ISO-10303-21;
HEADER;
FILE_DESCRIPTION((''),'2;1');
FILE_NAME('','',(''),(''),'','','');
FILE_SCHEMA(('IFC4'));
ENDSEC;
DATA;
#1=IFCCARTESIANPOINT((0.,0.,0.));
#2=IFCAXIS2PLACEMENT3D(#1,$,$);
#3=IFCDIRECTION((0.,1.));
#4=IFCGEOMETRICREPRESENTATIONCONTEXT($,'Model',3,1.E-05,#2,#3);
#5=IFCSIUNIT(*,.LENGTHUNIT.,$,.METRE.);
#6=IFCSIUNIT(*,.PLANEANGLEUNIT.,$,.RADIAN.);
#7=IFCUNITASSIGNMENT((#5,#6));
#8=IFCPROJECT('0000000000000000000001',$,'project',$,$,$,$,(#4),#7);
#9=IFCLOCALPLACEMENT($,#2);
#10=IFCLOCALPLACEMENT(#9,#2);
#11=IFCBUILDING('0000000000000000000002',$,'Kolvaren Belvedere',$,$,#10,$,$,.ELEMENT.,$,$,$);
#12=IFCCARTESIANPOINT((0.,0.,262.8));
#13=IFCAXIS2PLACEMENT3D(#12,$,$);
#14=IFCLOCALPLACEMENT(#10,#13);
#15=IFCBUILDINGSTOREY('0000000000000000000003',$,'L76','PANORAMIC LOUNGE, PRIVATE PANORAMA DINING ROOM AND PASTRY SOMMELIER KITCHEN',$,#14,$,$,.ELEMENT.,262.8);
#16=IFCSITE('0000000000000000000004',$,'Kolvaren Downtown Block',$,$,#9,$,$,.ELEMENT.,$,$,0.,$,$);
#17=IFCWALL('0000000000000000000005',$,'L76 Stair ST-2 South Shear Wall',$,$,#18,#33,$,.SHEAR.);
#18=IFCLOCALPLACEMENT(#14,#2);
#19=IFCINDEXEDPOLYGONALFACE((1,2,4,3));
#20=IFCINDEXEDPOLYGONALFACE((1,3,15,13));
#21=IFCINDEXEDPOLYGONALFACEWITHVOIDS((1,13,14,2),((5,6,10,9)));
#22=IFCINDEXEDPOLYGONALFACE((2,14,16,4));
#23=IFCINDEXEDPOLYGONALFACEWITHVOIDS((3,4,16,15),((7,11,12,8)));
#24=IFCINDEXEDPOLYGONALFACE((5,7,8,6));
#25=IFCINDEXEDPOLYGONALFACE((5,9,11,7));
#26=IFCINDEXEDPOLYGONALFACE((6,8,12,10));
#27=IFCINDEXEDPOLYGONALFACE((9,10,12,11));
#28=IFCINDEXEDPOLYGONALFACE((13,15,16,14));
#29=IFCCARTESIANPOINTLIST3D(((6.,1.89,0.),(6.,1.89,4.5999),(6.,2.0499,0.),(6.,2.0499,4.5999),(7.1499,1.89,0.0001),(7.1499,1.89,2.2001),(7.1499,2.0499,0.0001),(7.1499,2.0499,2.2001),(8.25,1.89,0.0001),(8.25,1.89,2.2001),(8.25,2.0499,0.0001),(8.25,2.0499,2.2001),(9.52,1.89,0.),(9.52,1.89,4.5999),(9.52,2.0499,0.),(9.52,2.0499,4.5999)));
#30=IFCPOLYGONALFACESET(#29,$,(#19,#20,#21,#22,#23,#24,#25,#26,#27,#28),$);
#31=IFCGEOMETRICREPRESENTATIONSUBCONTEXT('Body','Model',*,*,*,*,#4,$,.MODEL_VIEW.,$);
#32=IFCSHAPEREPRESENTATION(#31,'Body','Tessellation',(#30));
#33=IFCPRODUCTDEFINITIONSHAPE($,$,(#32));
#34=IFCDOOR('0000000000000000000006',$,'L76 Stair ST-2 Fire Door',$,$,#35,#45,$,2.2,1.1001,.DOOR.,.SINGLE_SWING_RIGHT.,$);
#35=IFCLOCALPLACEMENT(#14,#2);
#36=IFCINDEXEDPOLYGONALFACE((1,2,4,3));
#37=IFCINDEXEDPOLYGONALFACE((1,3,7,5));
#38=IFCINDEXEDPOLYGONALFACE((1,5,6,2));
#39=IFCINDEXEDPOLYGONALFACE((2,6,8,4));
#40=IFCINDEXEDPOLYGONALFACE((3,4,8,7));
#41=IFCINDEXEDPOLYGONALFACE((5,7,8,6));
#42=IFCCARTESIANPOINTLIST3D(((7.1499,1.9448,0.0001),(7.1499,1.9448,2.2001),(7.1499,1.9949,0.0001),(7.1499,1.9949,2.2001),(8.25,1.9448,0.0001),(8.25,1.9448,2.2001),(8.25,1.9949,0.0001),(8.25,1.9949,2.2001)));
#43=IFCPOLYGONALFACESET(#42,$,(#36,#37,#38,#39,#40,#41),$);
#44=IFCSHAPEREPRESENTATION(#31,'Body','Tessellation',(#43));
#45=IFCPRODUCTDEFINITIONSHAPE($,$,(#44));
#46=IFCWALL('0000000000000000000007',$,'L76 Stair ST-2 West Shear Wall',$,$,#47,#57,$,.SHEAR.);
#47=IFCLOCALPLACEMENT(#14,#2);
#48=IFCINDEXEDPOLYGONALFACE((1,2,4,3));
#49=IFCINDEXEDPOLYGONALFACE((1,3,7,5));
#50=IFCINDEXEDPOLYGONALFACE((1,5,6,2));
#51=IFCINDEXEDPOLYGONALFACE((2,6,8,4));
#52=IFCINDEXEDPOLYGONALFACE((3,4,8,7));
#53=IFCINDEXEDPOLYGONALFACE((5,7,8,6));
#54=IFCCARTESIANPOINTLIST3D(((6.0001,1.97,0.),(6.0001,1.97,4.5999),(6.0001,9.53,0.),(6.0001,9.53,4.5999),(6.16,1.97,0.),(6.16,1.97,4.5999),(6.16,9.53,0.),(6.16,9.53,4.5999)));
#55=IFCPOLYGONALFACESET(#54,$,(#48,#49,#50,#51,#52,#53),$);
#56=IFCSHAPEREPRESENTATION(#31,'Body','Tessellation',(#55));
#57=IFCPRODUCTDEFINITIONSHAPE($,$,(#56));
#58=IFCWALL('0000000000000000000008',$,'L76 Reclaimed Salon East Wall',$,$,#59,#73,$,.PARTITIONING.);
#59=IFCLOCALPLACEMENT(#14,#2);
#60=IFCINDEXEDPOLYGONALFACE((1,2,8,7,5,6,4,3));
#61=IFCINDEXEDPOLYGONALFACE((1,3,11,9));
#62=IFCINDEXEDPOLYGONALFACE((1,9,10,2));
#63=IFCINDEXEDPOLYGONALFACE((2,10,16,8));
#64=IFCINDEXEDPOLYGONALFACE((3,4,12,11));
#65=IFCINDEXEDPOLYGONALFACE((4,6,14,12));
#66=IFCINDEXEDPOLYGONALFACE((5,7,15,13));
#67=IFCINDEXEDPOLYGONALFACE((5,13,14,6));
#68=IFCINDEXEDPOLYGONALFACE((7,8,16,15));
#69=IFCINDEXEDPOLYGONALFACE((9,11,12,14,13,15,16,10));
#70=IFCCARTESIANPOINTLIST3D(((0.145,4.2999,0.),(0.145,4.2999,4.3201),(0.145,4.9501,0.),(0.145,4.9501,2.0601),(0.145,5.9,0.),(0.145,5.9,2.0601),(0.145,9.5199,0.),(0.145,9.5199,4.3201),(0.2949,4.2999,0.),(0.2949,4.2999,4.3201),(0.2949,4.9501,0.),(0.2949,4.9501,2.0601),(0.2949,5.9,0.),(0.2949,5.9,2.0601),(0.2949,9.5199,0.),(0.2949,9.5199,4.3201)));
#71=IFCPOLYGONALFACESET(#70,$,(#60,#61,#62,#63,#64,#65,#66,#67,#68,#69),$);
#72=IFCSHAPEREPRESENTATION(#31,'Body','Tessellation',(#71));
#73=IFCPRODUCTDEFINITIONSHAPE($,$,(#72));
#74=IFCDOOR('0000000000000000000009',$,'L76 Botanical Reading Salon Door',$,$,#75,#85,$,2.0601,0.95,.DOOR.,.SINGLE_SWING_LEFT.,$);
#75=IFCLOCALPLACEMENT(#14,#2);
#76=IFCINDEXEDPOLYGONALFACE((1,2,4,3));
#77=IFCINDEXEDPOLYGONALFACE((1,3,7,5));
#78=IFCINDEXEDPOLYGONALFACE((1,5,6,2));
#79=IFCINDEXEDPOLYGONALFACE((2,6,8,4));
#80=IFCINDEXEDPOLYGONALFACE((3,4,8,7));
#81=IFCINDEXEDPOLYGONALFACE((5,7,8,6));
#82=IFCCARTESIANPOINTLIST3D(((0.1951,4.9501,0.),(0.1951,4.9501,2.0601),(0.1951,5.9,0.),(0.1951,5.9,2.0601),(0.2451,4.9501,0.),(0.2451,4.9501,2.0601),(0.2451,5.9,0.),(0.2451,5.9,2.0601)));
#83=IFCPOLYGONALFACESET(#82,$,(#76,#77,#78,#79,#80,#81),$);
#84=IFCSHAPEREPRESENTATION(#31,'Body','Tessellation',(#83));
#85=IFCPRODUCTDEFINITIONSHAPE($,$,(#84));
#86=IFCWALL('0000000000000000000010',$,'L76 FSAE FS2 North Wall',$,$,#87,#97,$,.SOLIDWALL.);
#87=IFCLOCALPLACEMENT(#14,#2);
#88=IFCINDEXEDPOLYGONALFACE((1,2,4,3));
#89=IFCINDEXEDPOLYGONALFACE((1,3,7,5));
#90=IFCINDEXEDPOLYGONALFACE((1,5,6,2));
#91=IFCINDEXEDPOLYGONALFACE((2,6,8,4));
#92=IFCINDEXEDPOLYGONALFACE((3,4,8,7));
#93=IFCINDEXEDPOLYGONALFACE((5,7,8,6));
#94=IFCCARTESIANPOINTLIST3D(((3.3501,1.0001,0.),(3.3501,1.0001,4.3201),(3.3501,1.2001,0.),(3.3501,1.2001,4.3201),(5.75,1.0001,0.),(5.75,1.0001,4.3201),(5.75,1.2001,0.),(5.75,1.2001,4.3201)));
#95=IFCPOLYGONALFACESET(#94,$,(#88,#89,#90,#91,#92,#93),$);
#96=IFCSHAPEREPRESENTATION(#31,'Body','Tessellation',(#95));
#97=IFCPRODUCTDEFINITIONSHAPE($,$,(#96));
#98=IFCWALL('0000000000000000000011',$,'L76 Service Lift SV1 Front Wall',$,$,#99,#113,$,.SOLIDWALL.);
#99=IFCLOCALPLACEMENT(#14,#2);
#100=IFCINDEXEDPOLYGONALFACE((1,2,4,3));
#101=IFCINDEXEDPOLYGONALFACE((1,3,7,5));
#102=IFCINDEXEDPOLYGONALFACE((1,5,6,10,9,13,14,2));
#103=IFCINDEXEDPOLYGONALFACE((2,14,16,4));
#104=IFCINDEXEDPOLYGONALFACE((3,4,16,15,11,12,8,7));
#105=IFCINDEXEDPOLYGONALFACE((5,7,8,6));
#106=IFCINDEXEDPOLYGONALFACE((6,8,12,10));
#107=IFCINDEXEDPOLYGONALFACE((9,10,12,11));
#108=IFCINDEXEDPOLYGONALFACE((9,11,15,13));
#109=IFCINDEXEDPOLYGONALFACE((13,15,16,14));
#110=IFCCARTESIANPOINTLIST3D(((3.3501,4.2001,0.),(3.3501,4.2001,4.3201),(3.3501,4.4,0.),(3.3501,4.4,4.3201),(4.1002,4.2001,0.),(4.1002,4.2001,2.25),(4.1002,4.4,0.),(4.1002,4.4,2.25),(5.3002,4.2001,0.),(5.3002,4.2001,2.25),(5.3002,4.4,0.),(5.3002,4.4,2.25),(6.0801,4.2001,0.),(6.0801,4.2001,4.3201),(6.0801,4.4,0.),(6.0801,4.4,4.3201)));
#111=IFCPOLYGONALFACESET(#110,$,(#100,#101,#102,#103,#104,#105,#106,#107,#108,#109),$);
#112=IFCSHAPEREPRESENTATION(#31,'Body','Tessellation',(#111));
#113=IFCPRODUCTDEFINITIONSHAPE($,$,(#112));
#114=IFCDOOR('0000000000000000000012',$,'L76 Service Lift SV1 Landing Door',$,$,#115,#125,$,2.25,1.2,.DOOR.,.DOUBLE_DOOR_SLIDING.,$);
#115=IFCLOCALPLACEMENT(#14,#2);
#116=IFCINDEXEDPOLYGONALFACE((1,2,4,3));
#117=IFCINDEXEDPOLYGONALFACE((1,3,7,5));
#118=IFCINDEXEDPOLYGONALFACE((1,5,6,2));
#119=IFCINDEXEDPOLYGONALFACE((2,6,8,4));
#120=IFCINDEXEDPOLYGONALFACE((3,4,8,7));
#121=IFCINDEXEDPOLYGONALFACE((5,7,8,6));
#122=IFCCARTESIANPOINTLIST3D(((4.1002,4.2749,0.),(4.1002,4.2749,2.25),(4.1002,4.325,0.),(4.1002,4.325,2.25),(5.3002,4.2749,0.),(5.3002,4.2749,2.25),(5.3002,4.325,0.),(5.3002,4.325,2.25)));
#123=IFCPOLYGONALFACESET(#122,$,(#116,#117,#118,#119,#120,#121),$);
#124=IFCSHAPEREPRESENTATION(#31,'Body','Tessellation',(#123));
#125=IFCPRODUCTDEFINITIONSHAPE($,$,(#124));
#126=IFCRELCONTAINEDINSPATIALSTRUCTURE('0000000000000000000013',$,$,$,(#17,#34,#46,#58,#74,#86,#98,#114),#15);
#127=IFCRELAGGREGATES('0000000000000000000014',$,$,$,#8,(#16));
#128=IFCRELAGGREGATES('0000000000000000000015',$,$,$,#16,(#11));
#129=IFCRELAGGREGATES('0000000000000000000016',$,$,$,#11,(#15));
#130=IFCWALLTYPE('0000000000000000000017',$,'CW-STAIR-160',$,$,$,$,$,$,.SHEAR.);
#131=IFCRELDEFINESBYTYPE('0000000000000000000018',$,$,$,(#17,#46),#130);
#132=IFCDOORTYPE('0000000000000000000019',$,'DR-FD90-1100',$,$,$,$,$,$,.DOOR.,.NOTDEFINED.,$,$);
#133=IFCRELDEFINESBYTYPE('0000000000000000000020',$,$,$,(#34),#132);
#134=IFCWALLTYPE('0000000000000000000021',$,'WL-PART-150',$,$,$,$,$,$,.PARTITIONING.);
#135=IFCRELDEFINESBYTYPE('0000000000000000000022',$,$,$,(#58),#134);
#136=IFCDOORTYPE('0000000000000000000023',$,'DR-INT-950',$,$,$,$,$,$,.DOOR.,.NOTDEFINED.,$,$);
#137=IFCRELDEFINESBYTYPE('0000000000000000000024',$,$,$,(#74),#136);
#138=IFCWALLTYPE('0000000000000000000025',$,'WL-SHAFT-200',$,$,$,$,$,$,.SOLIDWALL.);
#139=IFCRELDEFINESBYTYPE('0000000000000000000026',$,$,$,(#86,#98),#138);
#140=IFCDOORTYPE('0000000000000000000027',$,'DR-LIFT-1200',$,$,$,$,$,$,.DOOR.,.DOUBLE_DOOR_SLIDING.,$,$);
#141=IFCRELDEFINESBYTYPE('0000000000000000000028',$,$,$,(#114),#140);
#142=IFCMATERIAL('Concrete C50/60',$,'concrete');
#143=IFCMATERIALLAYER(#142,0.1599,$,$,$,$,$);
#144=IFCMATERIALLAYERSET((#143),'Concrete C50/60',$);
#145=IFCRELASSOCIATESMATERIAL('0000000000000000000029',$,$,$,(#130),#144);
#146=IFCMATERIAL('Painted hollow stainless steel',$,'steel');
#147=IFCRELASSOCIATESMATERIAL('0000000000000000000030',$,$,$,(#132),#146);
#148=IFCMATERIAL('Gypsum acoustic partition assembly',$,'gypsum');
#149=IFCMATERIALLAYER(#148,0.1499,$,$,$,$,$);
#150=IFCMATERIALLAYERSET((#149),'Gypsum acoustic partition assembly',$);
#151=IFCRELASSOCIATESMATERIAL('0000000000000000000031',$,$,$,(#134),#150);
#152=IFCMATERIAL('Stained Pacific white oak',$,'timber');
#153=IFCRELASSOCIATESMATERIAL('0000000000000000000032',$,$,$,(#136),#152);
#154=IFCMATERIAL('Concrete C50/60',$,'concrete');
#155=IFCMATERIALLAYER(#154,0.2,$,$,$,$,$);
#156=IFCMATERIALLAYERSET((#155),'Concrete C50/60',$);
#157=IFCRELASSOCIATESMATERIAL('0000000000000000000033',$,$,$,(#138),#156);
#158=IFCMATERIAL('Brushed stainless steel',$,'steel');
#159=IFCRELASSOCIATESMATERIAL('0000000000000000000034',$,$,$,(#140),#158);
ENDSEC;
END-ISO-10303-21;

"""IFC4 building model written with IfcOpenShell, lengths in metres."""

from ifc_helpers import new_model, si_unit, direction, frame, frame_2d, origin, place, context, subcontext, project, spatial, rectangle, extrude, material, layer, layer_set, type_object, element, fill, save


model = new_model("IFC4")

# Units and contexts
model_context = context("Model", 3, precision=1e-05, world=origin(), true_north=direction((0.0, 1.0)))
body_context = subcontext(model_context, "Body", "Model", "MODEL_VIEW")
ifc_project = project(units=[si_unit("LENGTHUNIT", "METRE"), si_unit("PLANEANGLEUNIT", "RADIAN")], contexts=[model_context])

# Site, building, storey
site_placement = place(None, origin())
site = spatial("IfcSite", under=ifc_project, at=site_placement, Name="Kolvaren Downtown Block", CompositionType="ELEMENT", RefElevation=0.0)
building_placement = place(site_placement, origin())
building = spatial("IfcBuilding", under=site, at=building_placement, Name="Kolvaren Belvedere", CompositionType="ELEMENT")
storey_placement = place(building_placement, frame((0.0, 0.0, 262.8)))
storey = spatial("IfcBuildingStorey", under=building, at=storey_placement, Name="L76", Description="PANORAMIC LOUNGE, PRIVATE PANORAMA DINING ROOM AND PASTRY SOMMELIER KITCHEN", CompositionType="ELEMENT", Elevation=262.8)

# Wall, opening, door
ifc_material_1 = material(Name="Concrete C50/60", Category="concrete")
ifc_layer_1 = layer(ifc_material_1, 0.1599)
ifc_layer_set_1 = layer_set([ifc_layer_1], Name="Concrete C50/60")
wall_type_1 = type_object("IfcWallType", Name="CW-STAIR-160", PredefinedType="SHEAR", material=ifc_layer_set_1)
wall_1_placement = place(storey_placement, frame((6.0, 1.97, 0.0), z_axis=(0.0, 0.0, 1.0), x_axis=(1.0, 0.0, 0.0)))
wall_1 = element("IfcWall", 1, at=wall_1_placement, inside=storey, type_object=wall_type_1, Name="L76 Stair ST-2 South Shear Wall", PredefinedType="SHEAR", context=body_context, shape_type="SweptSolid", body=[
    extrude(rectangle(XDim=3.52, YDim=0.1599, at=frame_2d((1.76, 0.0))), origin(), (0.0, 0.0, 1.0), 4.5999),
])
opening_1_placement = place(wall_1_placement, frame((1.1499, 0.0, 0.0)))
opening_1 = element("IfcOpeningElement", 2, at=opening_1_placement, cuts=wall_1, PredefinedType="OPENING", context=body_context, shape_type="SweptSolid", body=[
    extrude(rectangle(XDim=1.1001, YDim=2.2, at=frame_2d((0.55, 1.1001))), frame((0.0, 0.0898, 0.0), z_axis=(0.0, -1.0, 0.0), x_axis=(1.0, 0.0, 0.0)), (0.0, 0.0, 1.0), 0.1799),
])
ifc_material_2 = material(Name="Painted hollow stainless steel", Category="steel")
door_type_1 = type_object("IfcDoorType", Name="DR-FD90-1100", OperationType="NOTDEFINED", PredefinedType="DOOR", material=ifc_material_2)
door_1_placement = place(opening_1_placement, origin())
door_1 = element("IfcDoor", 3, at=door_1_placement, inside=storey, type_object=door_type_1, Name="L76 Stair ST-2 Fire Door", OperationType="SINGLE_SWING_RIGHT", OverallHeight=2.2, OverallWidth=1.1001, PredefinedType="DOOR", context=body_context, shape_type="SweptSolid", body=[
    extrude(rectangle(XDim=1.1001, YDim=2.2, at=frame_2d((0.55, 1.1001))), frame((0.0, 0.0249, 0.0), z_axis=(0.0, -1.0, 0.0), x_axis=(1.0, 0.0, 0.0)), (0.0, 0.0, 1.0), 0.05),
])
fill(opening_1, door_1)

# Wall
wall_2_placement = place(storey_placement, frame((6.0801, 1.97, 0.0), z_axis=(0.0, 0.0, 1.0), x_axis=(0.0, 1.0, 0.0)))
element("IfcWall", 4, at=wall_2_placement, inside=storey, type_object=wall_type_1, Name="L76 Stair ST-2 West Shear Wall", PredefinedType="SHEAR", context=body_context, shape_type="SweptSolid", body=[
    extrude(rectangle(XDim=7.5601, YDim=0.1599, at=frame_2d((3.78, 0.0))), origin(), (0.0, 0.0, 1.0), 4.5999),
])

# Wall, opening, door
ifc_material_3 = material(Name="Gypsum acoustic partition assembly", Category="gypsum")
ifc_layer_2 = layer(ifc_material_3, 0.1499)
ifc_layer_set_2 = layer_set([ifc_layer_2], Name="Gypsum acoustic partition assembly")
wall_type_2 = type_object("IfcWallType", Name="WL-PART-150", PredefinedType="PARTITIONING", material=ifc_layer_set_2)
wall_3_placement = place(storey_placement, frame((0.22, 4.3, 0.0), z_axis=(0.0, 0.0, 1.0), x_axis=(0.0, 1.0, 0.0)))
wall_3 = element("IfcWall", 5, at=wall_3_placement, inside=storey, type_object=wall_type_2, Name="L76 Reclaimed Salon East Wall", PredefinedType="PARTITIONING", context=body_context, shape_type="SweptSolid", body=[
    extrude(rectangle(XDim=5.22, YDim=0.1499, at=frame_2d((2.6099, 0.0))), origin(), (0.0, 0.0, 1.0), 4.3201),
])
opening_2_placement = place(wall_3_placement, frame((0.6499, 0.0, 0.0)))
opening_2 = element("IfcOpeningElement", 6, at=opening_2_placement, cuts=wall_3, PredefinedType="OPENING", context=body_context, shape_type="SweptSolid", body=[
    extrude(rectangle(XDim=0.95, YDim=2.0601, at=frame_2d((0.4751, 1.03))), frame((0.0, 0.085, 0.0), z_axis=(0.0, -1.0, 0.0), x_axis=(1.0, 0.0, 0.0)), (0.0, 0.0, 1.0), 0.1699),
])
ifc_material_4 = material(Name="Stained Pacific white oak", Category="timber")
door_type_2 = type_object("IfcDoorType", Name="DR-INT-950", OperationType="NOTDEFINED", PredefinedType="DOOR", material=ifc_material_4)
door_2_placement = place(opening_2_placement, origin())
door_2 = element("IfcDoor", 7, at=door_2_placement, inside=storey, type_object=door_type_2, Name="L76 Botanical Reading Salon Door", OperationType="SINGLE_SWING_LEFT", OverallHeight=2.0601, OverallWidth=0.95, PredefinedType="DOOR", context=body_context, shape_type="SweptSolid", body=[
    extrude(rectangle(XDim=0.95, YDim=2.0601, at=frame_2d((0.4751, 1.03))), frame((0.0, 0.0249, 0.0), z_axis=(0.0, -1.0, 0.0), x_axis=(1.0, 0.0, 0.0)), (0.0, 0.0, 1.0), 0.05),
])
fill(opening_2, door_2)

# Wall
ifc_material_5 = material(Name="Concrete C50/60", Category="concrete")
ifc_layer_3 = layer(ifc_material_5, 0.2)
ifc_layer_set_3 = layer_set([ifc_layer_3], Name="Concrete C50/60")
wall_type_3 = type_object("IfcWallType", Name="WL-SHAFT-200", PredefinedType="SOLIDWALL", material=ifc_layer_set_3)
wall_4_placement = place(storey_placement, frame((3.3501, 1.1001, 0.0), z_axis=(0.0, 0.0, 1.0), x_axis=(1.0, 0.0, 0.0)))
element("IfcWall", 8, at=wall_4_placement, inside=storey, type_object=wall_type_3, Name="L76 FSAE FS2 North Wall", PredefinedType="SOLIDWALL", context=body_context, shape_type="SweptSolid", body=[
    extrude(rectangle(XDim=2.3999, YDim=0.2, at=frame_2d((1.2, 0.0))), origin(), (0.0, 0.0, 1.0), 4.3201),
])

# Wall, opening, door
wall_5_placement = place(storey_placement, frame((3.3501, 4.3, 0.0), z_axis=(0.0, 0.0, 1.0), x_axis=(1.0, 0.0, 0.0)))
wall_5 = element("IfcWall", 9, at=wall_5_placement, inside=storey, type_object=wall_type_3, Name="L76 Service Lift SV1 Front Wall", PredefinedType="SOLIDWALL", context=body_context, shape_type="SweptSolid", body=[
    extrude(rectangle(XDim=2.73, YDim=0.2, at=frame_2d((1.365, 0.0))), origin(), (0.0, 0.0, 1.0), 4.3201),
])
opening_3_placement = place(wall_5_placement, frame((0.75, 0.0, 0.0)))
opening_3 = element("IfcOpeningElement", 10, at=opening_3_placement, cuts=wall_5, PredefinedType="OPENING", context=body_context, shape_type="SweptSolid", body=[
    extrude(rectangle(XDim=1.2, YDim=2.25, at=frame_2d((0.6001, 1.125))), frame((0.0, 0.1099, 0.0), z_axis=(0.0, -1.0, 0.0), x_axis=(1.0, 0.0, 0.0)), (0.0, 0.0, 1.0), 0.22),
])
ifc_material_6 = material(Name="Brushed stainless steel", Category="steel")
door_type_3 = type_object("IfcDoorType", Name="DR-LIFT-1200", OperationType="DOUBLE_DOOR_SLIDING", PredefinedType="DOOR", material=ifc_material_6)
door_3_placement = place(opening_3_placement, origin())
door_3 = element("IfcDoor", 11, at=door_3_placement, inside=storey, type_object=door_type_3, Name="L76 Service Lift SV1 Landing Door", OperationType="DOUBLE_DOOR_SLIDING", OverallHeight=2.25, OverallWidth=1.2, PredefinedType="DOOR", context=body_context, shape_type="SweptSolid", body=[
    extrude(rectangle(XDim=1.2, YDim=2.25, at=frame_2d((0.6001, 1.125))), frame((0.0, 0.0249, 0.0), z_axis=(0.0, -1.0, 0.0), x_axis=(1.0, 0.0, 0.0)), (0.0, 0.0, 1.0), 0.05),
])
fill(opening_3, door_3)

save(model, "model.ifc")
